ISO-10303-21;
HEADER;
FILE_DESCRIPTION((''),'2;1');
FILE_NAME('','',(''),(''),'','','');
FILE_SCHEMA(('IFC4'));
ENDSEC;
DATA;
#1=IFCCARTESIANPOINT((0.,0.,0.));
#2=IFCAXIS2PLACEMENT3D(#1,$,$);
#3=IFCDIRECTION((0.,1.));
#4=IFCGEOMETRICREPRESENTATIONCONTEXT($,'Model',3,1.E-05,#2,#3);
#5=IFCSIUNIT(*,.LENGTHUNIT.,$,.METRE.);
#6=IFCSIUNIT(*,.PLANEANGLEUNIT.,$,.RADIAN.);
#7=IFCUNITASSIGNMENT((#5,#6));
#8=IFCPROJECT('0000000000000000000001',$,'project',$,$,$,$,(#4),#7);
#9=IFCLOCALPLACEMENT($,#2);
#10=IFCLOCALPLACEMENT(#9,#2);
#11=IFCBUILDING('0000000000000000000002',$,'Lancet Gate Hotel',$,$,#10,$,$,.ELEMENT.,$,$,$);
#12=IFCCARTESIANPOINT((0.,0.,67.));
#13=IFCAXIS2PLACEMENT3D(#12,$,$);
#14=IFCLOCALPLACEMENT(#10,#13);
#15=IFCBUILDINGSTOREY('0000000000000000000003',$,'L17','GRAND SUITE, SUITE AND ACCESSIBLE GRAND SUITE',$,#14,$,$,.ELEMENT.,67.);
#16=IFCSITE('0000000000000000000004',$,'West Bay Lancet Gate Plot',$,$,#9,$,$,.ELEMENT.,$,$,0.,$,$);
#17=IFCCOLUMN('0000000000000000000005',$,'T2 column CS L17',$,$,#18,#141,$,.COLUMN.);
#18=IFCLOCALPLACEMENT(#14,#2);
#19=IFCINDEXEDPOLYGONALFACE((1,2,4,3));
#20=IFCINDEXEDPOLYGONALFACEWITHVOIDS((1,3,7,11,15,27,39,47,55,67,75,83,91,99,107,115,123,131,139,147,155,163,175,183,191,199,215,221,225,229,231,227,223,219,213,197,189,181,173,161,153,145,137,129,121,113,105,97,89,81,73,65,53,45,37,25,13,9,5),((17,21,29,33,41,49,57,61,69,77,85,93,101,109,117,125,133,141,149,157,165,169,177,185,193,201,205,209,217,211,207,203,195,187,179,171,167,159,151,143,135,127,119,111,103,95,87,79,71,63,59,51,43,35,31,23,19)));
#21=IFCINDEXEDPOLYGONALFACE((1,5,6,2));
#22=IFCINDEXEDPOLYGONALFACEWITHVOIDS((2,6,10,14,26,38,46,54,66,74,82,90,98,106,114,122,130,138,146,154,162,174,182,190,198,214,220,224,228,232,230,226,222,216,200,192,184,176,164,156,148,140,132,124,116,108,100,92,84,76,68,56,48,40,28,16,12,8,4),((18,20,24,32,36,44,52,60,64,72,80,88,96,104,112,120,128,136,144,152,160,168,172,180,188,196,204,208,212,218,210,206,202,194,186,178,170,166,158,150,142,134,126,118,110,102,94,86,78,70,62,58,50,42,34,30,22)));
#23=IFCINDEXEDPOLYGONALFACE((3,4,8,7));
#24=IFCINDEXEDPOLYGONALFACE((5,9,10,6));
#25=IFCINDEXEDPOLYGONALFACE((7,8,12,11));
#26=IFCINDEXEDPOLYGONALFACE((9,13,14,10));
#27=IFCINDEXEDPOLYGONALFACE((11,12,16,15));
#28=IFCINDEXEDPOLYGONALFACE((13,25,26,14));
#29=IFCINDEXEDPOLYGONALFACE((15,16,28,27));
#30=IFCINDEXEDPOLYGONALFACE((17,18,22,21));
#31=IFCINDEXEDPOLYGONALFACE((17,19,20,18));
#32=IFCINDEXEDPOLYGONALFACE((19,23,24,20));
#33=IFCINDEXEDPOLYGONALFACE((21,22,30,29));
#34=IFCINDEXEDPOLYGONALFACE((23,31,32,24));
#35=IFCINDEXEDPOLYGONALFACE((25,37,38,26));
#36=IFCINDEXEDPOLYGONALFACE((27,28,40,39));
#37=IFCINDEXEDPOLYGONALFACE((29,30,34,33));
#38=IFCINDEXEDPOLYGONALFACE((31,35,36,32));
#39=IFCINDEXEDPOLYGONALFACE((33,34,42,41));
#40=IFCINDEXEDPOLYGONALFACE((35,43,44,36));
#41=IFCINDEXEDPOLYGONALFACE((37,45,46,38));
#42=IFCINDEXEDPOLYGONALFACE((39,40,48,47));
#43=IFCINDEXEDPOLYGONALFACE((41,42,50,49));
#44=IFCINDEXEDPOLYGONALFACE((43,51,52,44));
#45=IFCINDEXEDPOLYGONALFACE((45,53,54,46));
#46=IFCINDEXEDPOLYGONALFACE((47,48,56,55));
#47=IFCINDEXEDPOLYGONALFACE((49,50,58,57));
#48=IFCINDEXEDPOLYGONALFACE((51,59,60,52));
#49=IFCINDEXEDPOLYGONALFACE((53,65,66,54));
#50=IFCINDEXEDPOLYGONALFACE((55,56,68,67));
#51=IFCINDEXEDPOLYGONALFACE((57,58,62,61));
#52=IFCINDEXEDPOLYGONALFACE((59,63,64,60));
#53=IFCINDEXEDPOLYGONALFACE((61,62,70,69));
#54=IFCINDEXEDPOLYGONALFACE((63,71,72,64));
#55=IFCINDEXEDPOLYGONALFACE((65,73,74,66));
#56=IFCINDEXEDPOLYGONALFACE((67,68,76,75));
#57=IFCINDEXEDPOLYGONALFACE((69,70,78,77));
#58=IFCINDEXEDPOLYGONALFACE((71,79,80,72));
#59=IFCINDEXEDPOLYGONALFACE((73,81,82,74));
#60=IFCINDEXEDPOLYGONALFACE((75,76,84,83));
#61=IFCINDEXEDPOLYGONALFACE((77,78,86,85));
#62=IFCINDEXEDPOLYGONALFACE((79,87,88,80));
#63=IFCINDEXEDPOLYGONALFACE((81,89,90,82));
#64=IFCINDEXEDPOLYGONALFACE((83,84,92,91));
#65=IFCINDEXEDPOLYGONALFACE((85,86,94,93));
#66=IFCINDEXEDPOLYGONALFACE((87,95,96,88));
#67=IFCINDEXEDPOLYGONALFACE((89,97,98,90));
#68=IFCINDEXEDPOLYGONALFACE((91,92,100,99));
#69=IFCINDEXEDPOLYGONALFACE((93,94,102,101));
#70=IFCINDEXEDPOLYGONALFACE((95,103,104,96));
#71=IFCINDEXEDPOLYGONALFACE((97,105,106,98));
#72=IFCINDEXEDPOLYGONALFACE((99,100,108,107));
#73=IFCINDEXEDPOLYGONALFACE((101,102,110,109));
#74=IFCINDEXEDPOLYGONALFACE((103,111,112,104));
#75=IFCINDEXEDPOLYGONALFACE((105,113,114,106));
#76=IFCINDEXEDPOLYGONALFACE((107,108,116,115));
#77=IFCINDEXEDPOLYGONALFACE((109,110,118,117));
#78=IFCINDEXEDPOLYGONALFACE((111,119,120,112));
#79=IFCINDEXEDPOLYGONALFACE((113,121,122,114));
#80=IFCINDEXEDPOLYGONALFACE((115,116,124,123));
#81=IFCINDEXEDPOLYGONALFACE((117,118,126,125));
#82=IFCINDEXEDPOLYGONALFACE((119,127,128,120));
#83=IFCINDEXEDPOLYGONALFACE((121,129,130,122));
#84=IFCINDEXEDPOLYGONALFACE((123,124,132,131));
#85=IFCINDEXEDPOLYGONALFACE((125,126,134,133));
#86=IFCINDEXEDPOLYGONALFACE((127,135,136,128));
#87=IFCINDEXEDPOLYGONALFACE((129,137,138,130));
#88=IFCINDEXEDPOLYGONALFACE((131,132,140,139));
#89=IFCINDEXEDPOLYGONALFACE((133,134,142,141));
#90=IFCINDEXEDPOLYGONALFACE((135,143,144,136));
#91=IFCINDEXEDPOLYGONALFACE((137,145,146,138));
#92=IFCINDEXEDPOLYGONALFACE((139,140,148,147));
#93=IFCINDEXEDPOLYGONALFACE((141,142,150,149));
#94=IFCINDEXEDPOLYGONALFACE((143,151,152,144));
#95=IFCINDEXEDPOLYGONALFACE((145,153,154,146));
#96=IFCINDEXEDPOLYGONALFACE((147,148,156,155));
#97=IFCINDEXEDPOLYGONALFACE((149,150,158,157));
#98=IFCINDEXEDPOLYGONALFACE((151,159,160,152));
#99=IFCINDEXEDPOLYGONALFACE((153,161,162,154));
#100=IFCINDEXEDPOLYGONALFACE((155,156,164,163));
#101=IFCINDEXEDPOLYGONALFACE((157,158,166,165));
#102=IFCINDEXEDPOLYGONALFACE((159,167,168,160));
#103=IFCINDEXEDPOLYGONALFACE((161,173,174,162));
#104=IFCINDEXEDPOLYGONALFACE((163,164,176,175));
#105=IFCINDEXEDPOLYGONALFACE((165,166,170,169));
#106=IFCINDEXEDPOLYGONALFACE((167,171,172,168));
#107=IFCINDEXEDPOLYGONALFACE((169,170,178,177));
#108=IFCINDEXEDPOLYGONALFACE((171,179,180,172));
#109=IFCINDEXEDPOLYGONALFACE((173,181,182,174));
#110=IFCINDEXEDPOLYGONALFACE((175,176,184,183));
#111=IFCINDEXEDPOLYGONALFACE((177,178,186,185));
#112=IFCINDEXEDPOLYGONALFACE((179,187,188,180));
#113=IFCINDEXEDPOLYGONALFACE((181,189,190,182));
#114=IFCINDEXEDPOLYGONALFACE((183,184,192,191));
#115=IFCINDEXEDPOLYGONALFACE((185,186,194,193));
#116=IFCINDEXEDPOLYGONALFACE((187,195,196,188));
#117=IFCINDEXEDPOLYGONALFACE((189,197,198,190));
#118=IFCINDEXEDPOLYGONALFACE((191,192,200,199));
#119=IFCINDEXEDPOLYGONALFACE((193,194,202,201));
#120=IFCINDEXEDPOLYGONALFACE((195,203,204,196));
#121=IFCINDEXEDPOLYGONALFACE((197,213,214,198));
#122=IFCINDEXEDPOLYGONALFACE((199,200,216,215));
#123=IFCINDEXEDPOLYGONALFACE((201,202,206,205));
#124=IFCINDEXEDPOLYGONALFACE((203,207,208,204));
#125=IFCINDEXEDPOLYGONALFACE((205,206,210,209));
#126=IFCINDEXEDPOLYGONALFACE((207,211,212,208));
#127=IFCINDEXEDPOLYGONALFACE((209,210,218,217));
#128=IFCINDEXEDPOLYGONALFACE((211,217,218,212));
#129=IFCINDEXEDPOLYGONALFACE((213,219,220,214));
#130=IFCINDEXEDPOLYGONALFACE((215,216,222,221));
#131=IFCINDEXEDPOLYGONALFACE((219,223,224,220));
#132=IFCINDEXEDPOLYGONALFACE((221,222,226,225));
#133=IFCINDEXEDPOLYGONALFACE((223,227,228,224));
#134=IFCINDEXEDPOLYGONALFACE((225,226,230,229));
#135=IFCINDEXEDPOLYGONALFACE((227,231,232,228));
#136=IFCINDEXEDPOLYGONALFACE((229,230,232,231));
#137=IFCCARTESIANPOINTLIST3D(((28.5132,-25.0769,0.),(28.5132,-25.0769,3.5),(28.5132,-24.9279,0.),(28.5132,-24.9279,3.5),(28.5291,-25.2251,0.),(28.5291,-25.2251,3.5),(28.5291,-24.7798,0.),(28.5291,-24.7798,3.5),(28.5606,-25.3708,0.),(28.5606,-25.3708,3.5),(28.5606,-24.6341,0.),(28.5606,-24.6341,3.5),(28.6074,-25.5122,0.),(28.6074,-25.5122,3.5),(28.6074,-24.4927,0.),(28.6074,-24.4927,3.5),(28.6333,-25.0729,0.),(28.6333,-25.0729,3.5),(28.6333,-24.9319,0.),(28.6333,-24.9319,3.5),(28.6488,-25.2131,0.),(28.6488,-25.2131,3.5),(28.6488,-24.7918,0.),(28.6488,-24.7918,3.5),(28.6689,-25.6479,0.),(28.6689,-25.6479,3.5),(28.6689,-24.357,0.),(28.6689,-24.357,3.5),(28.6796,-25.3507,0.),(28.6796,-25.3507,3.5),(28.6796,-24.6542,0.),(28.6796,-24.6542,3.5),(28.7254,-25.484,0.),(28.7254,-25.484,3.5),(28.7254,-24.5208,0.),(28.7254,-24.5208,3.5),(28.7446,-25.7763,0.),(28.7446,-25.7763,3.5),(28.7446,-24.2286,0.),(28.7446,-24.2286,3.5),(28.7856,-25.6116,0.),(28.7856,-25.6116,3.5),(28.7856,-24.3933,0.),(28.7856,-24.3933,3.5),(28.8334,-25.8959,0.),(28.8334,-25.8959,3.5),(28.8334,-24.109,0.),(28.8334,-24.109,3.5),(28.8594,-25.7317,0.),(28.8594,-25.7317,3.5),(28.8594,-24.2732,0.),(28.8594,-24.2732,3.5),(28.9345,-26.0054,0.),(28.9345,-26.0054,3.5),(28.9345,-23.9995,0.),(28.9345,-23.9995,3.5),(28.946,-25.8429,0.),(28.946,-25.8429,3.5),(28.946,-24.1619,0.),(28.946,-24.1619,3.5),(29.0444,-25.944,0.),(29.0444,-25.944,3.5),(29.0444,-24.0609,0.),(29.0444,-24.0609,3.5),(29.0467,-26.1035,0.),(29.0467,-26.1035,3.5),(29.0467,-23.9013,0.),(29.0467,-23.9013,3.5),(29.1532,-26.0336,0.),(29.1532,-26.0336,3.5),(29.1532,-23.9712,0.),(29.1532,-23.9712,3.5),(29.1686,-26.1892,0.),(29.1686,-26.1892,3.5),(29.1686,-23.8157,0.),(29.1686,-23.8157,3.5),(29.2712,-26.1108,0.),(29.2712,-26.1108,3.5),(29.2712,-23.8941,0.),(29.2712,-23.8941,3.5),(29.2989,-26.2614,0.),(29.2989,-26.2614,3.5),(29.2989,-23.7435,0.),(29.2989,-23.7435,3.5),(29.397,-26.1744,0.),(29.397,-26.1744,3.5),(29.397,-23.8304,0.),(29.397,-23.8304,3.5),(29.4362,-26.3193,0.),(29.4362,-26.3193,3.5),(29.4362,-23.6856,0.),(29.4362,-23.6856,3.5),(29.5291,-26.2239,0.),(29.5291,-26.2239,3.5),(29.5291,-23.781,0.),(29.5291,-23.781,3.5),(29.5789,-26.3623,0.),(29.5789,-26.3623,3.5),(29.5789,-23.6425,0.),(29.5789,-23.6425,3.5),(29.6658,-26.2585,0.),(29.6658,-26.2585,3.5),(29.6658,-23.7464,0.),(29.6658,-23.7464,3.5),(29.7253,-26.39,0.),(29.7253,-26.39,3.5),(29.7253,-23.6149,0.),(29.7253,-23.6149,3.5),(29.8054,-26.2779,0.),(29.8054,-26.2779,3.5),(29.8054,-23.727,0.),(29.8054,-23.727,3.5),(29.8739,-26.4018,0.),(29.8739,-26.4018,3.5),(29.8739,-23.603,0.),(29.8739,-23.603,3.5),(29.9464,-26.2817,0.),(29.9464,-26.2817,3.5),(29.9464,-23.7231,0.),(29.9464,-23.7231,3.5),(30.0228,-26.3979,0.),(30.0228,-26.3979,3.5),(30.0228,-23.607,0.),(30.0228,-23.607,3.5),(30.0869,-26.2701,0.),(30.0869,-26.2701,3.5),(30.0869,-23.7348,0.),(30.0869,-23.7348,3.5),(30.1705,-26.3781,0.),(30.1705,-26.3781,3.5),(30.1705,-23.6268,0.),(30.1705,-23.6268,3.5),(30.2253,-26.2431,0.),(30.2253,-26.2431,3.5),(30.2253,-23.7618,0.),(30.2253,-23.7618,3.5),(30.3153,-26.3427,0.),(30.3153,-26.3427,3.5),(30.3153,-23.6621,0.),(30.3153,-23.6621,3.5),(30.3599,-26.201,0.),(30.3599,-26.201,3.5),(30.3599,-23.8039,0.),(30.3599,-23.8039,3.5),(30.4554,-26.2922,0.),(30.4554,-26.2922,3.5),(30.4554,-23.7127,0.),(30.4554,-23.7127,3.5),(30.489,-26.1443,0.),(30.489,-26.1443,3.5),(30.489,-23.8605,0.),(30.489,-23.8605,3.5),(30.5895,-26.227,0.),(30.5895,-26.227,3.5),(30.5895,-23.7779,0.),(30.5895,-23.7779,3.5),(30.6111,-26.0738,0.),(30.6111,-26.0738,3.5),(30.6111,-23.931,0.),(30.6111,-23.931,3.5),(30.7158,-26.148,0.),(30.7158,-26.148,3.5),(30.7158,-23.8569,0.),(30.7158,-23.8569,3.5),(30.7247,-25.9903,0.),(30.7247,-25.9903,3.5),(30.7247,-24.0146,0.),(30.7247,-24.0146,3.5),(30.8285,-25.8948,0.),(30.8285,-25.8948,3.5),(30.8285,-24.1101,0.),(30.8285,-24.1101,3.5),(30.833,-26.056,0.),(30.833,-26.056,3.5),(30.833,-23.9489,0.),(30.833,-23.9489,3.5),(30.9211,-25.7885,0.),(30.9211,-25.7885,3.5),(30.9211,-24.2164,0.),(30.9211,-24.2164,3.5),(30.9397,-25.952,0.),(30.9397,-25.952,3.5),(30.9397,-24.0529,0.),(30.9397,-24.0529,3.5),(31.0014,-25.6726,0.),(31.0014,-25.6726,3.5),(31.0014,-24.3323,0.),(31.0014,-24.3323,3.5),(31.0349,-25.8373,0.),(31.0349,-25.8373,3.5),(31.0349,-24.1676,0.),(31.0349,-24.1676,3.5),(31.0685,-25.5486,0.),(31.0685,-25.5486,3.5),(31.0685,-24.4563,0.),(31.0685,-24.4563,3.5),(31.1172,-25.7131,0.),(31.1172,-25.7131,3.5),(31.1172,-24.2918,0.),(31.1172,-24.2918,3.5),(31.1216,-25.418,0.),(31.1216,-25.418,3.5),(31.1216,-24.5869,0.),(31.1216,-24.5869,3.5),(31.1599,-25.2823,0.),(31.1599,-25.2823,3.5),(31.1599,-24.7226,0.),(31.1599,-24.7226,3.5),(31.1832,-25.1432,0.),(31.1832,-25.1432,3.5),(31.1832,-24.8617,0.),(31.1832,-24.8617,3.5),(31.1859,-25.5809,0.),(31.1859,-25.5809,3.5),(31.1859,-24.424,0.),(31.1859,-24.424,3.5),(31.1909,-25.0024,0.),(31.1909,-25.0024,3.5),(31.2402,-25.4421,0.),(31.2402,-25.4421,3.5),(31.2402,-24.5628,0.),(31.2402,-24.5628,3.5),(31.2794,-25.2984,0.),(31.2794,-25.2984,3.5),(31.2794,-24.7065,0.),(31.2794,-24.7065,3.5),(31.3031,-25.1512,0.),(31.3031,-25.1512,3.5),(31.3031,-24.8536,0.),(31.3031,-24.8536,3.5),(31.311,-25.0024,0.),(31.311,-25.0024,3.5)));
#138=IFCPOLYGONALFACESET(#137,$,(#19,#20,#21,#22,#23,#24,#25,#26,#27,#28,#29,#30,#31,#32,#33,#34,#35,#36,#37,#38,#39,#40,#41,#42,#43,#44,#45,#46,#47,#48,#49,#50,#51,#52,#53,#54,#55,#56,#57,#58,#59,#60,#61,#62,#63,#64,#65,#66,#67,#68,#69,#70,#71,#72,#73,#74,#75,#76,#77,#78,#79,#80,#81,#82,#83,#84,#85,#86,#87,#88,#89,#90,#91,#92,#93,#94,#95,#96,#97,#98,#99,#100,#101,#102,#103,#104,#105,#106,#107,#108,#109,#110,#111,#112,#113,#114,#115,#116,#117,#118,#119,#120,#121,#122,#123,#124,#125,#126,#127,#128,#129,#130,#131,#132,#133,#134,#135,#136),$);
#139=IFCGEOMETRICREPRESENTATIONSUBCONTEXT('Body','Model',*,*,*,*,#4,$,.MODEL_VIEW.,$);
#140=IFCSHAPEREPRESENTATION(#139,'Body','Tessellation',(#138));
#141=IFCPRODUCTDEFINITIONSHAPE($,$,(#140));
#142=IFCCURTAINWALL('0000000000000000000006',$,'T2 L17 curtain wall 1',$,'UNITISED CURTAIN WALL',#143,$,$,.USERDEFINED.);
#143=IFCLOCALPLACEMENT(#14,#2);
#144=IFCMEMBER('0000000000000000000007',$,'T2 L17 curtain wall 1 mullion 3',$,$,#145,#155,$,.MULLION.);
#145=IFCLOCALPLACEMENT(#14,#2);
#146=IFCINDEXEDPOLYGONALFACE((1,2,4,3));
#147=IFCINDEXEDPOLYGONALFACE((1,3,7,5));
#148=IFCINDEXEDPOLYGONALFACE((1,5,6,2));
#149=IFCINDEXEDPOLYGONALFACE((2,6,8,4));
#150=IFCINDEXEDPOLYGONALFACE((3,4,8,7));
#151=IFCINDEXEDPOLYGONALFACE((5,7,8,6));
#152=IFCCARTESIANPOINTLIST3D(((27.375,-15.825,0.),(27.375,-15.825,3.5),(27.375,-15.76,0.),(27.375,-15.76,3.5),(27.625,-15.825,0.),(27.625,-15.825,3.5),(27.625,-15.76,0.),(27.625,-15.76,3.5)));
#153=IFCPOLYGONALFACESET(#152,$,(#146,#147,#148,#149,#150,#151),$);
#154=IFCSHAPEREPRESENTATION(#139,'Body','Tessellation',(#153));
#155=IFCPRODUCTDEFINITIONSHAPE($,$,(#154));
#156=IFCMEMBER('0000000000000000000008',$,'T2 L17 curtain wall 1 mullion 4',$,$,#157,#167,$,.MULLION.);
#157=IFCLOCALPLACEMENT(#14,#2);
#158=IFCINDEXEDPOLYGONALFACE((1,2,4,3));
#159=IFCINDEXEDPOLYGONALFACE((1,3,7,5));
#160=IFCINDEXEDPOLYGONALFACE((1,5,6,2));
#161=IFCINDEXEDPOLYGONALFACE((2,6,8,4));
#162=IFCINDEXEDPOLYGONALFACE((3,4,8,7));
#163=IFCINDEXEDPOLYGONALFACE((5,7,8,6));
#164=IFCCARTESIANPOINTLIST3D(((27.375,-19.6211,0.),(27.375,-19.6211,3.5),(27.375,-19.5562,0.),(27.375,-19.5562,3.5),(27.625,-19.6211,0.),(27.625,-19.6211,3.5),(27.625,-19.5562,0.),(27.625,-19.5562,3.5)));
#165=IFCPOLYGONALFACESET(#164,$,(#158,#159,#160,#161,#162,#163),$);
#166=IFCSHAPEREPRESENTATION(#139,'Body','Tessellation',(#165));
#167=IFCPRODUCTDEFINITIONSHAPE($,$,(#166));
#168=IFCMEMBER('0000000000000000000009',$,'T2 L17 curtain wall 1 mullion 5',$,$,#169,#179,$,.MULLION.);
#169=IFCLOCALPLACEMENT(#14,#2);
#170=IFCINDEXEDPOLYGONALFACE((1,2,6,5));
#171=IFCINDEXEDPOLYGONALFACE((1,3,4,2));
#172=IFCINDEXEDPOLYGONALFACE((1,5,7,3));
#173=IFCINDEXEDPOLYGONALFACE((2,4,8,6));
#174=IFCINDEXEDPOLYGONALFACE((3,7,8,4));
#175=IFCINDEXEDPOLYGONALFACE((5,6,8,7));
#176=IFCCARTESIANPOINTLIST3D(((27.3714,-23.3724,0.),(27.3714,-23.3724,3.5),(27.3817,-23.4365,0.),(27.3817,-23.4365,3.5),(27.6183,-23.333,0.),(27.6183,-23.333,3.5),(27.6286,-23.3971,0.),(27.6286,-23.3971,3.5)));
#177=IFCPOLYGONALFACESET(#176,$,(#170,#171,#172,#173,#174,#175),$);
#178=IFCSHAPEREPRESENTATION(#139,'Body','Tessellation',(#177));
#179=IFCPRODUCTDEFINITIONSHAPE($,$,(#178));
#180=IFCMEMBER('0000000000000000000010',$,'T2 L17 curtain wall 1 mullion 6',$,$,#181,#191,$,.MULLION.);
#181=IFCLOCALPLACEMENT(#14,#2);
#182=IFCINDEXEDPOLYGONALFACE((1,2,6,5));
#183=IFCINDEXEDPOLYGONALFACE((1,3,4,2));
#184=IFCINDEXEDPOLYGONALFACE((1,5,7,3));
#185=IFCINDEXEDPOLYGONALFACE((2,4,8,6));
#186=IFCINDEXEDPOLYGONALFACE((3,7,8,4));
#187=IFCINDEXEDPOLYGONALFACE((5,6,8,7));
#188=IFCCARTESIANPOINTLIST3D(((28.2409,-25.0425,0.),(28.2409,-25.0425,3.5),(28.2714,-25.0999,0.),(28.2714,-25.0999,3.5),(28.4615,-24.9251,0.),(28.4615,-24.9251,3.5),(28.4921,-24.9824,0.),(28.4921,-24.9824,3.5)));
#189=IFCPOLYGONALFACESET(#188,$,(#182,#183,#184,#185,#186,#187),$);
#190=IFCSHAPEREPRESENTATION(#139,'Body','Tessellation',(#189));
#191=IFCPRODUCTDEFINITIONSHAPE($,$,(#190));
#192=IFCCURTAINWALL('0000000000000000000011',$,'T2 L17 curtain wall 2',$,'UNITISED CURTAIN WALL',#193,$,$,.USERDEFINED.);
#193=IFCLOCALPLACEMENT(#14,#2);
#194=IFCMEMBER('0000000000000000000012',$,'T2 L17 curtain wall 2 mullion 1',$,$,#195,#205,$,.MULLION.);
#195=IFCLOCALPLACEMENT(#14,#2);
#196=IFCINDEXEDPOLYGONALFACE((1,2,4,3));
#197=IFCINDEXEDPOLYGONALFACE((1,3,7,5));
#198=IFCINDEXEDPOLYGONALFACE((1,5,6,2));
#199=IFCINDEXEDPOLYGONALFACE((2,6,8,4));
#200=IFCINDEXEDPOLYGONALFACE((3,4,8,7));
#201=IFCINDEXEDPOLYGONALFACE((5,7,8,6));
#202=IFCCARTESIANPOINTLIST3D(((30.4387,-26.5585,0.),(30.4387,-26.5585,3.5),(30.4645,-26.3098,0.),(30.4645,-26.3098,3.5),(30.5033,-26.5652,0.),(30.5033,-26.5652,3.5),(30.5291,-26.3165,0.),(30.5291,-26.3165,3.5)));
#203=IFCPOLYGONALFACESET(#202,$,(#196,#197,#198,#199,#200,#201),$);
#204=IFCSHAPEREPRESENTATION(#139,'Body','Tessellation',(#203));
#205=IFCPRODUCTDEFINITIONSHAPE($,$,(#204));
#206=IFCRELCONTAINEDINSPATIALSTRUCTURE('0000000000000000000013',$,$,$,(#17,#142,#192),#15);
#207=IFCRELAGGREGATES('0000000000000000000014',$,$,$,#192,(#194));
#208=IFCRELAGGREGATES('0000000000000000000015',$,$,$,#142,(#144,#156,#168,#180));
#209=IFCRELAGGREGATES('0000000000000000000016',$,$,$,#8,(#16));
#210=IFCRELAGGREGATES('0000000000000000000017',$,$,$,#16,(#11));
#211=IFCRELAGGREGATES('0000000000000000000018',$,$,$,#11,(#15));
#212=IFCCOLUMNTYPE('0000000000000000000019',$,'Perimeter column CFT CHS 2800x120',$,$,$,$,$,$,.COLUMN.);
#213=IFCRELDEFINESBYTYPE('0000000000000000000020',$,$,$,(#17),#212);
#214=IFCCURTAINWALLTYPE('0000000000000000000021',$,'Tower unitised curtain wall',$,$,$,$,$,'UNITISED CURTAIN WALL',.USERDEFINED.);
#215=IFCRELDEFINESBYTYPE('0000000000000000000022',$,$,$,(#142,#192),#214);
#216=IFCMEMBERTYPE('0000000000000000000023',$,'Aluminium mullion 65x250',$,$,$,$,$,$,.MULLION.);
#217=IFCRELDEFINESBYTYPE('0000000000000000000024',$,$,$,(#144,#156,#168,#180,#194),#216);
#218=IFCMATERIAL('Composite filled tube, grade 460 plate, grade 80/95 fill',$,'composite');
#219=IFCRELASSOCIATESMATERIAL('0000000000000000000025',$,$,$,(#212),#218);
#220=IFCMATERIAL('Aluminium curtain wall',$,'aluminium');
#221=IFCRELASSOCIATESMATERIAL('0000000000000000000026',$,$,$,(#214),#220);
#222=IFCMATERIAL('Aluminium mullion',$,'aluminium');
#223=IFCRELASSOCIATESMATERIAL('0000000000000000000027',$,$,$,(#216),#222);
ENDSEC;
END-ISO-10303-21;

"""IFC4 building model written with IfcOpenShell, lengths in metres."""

from ifc_helpers import new_model, si_unit, direction, frame, origin, origin_2d, place, context, subcontext, project, spatial, rectangle, hollow_circle, extrude, material, material_profile, profile_set, type_object, element, aggregate, save


model = new_model("IFC4")

# Units and contexts
model_context = context("Model", 3, precision=1e-05, world=origin(), true_north=direction((0.0, 1.0)))
body_context = subcontext(model_context, "Body", "Model", "MODEL_VIEW")
ifc_project = project(units=[si_unit("LENGTHUNIT", "METRE"), si_unit("PLANEANGLEUNIT", "RADIAN")], contexts=[model_context])

# Site, building, storey
site_placement = place(None, origin())
site = spatial("IfcSite", under=ifc_project, at=site_placement, Name="West Bay Lancet Gate Plot", CompositionType="ELEMENT", RefElevation=0.0)
building_placement = place(site_placement, origin())
building = spatial("IfcBuilding", under=site, at=building_placement, Name="Lancet Gate Hotel", CompositionType="ELEMENT")
storey_placement = place(building_placement, frame((0.0, 0.0, 67.0)))
storey = spatial("IfcBuildingStorey", under=building, at=storey_placement, Name="L17", Description="GRAND SUITE, SUITE AND ACCESSIBLE GRAND SUITE", CompositionType="ELEMENT", Elevation=67.0)

# Column
ifc_material_1 = material(Name="Composite filled tube, grade 460 plate, grade 80/95 fill", Category="composite")
ifc_material_profile_1 = material_profile(ifc_material_1, hollow_circle(Radius=1.3999, WallThickness=0.1201, at=origin_2d()), Name="CHS 2800x120")
ifc_profile_set_1 = profile_set([ifc_material_profile_1], Name="Composite filled tube, grade 460 plate, grade 80/95 fill")
column_type = type_object("IfcColumnType", Name="Perimeter column CFT CHS 2800x120", PredefinedType="COLUMN", material=ifc_profile_set_1)
column_placement = place(storey_placement, frame((29.9111, -25.0024, 0.0), z_axis=(0.0, 0.0, 1.0), x_axis=(1.0, 0.0, 0.0)))
element("IfcColumn", 1, at=column_placement, inside=storey, type_object=column_type, Name="T2 column CS L17", PredefinedType="COLUMN", context=body_context, shape_type="SweptSolid", body=[
    extrude(hollow_circle(Radius=1.3999, WallThickness=0.1201, at=origin_2d()), origin(), (0.0, 0.0, 1.0), 3.5),
])

# Curtain wall, members
ifc_material_2 = material(Name="Aluminium curtain wall", Category="aluminium")
curtain_wall_type = type_object("IfcCurtainWallType", Name="Tower unitised curtain wall", ElementType="UNITISED CURTAIN WALL", PredefinedType="USERDEFINED", material=ifc_material_2)
curtain_wall_1_placement = place(storey_placement, origin())
curtain_wall_1 = element("IfcCurtainWall", 2, at=curtain_wall_1_placement, inside=storey, type_object=curtain_wall_type, Name="T2 L17 curtain wall 1", ObjectType="UNITISED CURTAIN WALL", PredefinedType="USERDEFINED")
ifc_material_3 = material(Name="Aluminium mullion", Category="aluminium")
ifc_material_profile_2 = material_profile(ifc_material_3, rectangle(XDim=0.0649, YDim=0.25, at=origin_2d()), Name="MULLION 65x250")
ifc_profile_set_2 = profile_set([ifc_material_profile_2], Name="Aluminium mullion")
member_type_1 = type_object("IfcMemberType", Name="Aluminium mullion 65x250", PredefinedType="MULLION", material=ifc_profile_set_2)
member_1_placement = place(storey_placement, frame((27.5, -15.7925, 0.0), z_axis=(0.0, 0.0, 1.0), x_axis=(0.0, -1.0, 0.0)))
member_1 = element("IfcMember", 3, at=member_1_placement, type_object=member_type_1, Name="T2 L17 curtain wall 1 mullion 3", PredefinedType="MULLION", context=body_context, shape_type="SweptSolid", body=[
    extrude(rectangle(XDim=0.0649, YDim=0.25, at=origin_2d()), origin(), (0.0, 0.0, 1.0), 3.5),
])
member_2_placement = place(storey_placement, frame((27.5, -19.5886, 0.0), z_axis=(0.0, 0.0, 1.0), x_axis=(0.0, -1.0, 0.0)))
member_2 = element("IfcMember", 4, at=member_2_placement, type_object=member_type_1, Name="T2 L17 curtain wall 1 mullion 4", PredefinedType="MULLION", context=body_context, shape_type="SweptSolid", body=[
    extrude(rectangle(XDim=0.0649, YDim=0.25, at=origin_2d()), origin(), (0.0, 0.0, 1.0), 3.5),
])
member_3_placement = place(storey_placement, frame((27.5, -23.3848, 0.0), z_axis=(0.0, 0.0, 1.0), x_axis=(0.157752, -0.987479, 0.0)))
member_3 = element("IfcMember", 5, at=member_3_placement, type_object=member_type_1, Name="T2 L17 curtain wall 1 mullion 5", PredefinedType="MULLION", context=body_context, shape_type="SweptSolid", body=[
    extrude(rectangle(XDim=0.0649, YDim=0.25, at=origin_2d()), origin(), (0.0, 0.0, 1.0), 3.5),
])
member_4_placement = place(storey_placement, frame((28.3665, -25.0125, 0.0), z_axis=(0.0, 0.0, 1.0), x_axis=(0.469898, -0.882721, 0.0)))
member_4 = element("IfcMember", 6, at=member_4_placement, type_object=member_type_1, Name="T2 L17 curtain wall 1 mullion 6", PredefinedType="MULLION", context=body_context, shape_type="SweptSolid", body=[
    extrude(rectangle(XDim=0.0649, YDim=0.25, at=origin_2d()), origin(), (0.0, 0.0, 1.0), 3.5),
])

# Curtain wall, member
curtain_wall_2_placement = place(storey_placement, origin())
curtain_wall_2 = element("IfcCurtainWall", 7, at=curtain_wall_2_placement, inside=storey, type_object=curtain_wall_type, Name="T2 L17 curtain wall 2", ObjectType="UNITISED CURTAIN WALL", PredefinedType="USERDEFINED")
member_5_placement = place(storey_placement, frame((30.4839, -26.4375, 0.0), z_axis=(0.0, 0.0, 1.0), x_axis=(0.994672, -0.103088, 0.0)))
member_5 = element("IfcMember", 8, at=member_5_placement, type_object=member_type_1, Name="T2 L17 curtain wall 2 mullion 1", PredefinedType="MULLION", context=body_context, shape_type="SweptSolid", body=[
    extrude(rectangle(XDim=0.0649, YDim=0.25, at=origin_2d()), origin(), (0.0, 0.0, 1.0), 3.5),
])

aggregate(curtain_wall_2, [member_5])

aggregate(curtain_wall_1, [member_1, member_2, member_3, member_4])

save(model, "model.ifc")
